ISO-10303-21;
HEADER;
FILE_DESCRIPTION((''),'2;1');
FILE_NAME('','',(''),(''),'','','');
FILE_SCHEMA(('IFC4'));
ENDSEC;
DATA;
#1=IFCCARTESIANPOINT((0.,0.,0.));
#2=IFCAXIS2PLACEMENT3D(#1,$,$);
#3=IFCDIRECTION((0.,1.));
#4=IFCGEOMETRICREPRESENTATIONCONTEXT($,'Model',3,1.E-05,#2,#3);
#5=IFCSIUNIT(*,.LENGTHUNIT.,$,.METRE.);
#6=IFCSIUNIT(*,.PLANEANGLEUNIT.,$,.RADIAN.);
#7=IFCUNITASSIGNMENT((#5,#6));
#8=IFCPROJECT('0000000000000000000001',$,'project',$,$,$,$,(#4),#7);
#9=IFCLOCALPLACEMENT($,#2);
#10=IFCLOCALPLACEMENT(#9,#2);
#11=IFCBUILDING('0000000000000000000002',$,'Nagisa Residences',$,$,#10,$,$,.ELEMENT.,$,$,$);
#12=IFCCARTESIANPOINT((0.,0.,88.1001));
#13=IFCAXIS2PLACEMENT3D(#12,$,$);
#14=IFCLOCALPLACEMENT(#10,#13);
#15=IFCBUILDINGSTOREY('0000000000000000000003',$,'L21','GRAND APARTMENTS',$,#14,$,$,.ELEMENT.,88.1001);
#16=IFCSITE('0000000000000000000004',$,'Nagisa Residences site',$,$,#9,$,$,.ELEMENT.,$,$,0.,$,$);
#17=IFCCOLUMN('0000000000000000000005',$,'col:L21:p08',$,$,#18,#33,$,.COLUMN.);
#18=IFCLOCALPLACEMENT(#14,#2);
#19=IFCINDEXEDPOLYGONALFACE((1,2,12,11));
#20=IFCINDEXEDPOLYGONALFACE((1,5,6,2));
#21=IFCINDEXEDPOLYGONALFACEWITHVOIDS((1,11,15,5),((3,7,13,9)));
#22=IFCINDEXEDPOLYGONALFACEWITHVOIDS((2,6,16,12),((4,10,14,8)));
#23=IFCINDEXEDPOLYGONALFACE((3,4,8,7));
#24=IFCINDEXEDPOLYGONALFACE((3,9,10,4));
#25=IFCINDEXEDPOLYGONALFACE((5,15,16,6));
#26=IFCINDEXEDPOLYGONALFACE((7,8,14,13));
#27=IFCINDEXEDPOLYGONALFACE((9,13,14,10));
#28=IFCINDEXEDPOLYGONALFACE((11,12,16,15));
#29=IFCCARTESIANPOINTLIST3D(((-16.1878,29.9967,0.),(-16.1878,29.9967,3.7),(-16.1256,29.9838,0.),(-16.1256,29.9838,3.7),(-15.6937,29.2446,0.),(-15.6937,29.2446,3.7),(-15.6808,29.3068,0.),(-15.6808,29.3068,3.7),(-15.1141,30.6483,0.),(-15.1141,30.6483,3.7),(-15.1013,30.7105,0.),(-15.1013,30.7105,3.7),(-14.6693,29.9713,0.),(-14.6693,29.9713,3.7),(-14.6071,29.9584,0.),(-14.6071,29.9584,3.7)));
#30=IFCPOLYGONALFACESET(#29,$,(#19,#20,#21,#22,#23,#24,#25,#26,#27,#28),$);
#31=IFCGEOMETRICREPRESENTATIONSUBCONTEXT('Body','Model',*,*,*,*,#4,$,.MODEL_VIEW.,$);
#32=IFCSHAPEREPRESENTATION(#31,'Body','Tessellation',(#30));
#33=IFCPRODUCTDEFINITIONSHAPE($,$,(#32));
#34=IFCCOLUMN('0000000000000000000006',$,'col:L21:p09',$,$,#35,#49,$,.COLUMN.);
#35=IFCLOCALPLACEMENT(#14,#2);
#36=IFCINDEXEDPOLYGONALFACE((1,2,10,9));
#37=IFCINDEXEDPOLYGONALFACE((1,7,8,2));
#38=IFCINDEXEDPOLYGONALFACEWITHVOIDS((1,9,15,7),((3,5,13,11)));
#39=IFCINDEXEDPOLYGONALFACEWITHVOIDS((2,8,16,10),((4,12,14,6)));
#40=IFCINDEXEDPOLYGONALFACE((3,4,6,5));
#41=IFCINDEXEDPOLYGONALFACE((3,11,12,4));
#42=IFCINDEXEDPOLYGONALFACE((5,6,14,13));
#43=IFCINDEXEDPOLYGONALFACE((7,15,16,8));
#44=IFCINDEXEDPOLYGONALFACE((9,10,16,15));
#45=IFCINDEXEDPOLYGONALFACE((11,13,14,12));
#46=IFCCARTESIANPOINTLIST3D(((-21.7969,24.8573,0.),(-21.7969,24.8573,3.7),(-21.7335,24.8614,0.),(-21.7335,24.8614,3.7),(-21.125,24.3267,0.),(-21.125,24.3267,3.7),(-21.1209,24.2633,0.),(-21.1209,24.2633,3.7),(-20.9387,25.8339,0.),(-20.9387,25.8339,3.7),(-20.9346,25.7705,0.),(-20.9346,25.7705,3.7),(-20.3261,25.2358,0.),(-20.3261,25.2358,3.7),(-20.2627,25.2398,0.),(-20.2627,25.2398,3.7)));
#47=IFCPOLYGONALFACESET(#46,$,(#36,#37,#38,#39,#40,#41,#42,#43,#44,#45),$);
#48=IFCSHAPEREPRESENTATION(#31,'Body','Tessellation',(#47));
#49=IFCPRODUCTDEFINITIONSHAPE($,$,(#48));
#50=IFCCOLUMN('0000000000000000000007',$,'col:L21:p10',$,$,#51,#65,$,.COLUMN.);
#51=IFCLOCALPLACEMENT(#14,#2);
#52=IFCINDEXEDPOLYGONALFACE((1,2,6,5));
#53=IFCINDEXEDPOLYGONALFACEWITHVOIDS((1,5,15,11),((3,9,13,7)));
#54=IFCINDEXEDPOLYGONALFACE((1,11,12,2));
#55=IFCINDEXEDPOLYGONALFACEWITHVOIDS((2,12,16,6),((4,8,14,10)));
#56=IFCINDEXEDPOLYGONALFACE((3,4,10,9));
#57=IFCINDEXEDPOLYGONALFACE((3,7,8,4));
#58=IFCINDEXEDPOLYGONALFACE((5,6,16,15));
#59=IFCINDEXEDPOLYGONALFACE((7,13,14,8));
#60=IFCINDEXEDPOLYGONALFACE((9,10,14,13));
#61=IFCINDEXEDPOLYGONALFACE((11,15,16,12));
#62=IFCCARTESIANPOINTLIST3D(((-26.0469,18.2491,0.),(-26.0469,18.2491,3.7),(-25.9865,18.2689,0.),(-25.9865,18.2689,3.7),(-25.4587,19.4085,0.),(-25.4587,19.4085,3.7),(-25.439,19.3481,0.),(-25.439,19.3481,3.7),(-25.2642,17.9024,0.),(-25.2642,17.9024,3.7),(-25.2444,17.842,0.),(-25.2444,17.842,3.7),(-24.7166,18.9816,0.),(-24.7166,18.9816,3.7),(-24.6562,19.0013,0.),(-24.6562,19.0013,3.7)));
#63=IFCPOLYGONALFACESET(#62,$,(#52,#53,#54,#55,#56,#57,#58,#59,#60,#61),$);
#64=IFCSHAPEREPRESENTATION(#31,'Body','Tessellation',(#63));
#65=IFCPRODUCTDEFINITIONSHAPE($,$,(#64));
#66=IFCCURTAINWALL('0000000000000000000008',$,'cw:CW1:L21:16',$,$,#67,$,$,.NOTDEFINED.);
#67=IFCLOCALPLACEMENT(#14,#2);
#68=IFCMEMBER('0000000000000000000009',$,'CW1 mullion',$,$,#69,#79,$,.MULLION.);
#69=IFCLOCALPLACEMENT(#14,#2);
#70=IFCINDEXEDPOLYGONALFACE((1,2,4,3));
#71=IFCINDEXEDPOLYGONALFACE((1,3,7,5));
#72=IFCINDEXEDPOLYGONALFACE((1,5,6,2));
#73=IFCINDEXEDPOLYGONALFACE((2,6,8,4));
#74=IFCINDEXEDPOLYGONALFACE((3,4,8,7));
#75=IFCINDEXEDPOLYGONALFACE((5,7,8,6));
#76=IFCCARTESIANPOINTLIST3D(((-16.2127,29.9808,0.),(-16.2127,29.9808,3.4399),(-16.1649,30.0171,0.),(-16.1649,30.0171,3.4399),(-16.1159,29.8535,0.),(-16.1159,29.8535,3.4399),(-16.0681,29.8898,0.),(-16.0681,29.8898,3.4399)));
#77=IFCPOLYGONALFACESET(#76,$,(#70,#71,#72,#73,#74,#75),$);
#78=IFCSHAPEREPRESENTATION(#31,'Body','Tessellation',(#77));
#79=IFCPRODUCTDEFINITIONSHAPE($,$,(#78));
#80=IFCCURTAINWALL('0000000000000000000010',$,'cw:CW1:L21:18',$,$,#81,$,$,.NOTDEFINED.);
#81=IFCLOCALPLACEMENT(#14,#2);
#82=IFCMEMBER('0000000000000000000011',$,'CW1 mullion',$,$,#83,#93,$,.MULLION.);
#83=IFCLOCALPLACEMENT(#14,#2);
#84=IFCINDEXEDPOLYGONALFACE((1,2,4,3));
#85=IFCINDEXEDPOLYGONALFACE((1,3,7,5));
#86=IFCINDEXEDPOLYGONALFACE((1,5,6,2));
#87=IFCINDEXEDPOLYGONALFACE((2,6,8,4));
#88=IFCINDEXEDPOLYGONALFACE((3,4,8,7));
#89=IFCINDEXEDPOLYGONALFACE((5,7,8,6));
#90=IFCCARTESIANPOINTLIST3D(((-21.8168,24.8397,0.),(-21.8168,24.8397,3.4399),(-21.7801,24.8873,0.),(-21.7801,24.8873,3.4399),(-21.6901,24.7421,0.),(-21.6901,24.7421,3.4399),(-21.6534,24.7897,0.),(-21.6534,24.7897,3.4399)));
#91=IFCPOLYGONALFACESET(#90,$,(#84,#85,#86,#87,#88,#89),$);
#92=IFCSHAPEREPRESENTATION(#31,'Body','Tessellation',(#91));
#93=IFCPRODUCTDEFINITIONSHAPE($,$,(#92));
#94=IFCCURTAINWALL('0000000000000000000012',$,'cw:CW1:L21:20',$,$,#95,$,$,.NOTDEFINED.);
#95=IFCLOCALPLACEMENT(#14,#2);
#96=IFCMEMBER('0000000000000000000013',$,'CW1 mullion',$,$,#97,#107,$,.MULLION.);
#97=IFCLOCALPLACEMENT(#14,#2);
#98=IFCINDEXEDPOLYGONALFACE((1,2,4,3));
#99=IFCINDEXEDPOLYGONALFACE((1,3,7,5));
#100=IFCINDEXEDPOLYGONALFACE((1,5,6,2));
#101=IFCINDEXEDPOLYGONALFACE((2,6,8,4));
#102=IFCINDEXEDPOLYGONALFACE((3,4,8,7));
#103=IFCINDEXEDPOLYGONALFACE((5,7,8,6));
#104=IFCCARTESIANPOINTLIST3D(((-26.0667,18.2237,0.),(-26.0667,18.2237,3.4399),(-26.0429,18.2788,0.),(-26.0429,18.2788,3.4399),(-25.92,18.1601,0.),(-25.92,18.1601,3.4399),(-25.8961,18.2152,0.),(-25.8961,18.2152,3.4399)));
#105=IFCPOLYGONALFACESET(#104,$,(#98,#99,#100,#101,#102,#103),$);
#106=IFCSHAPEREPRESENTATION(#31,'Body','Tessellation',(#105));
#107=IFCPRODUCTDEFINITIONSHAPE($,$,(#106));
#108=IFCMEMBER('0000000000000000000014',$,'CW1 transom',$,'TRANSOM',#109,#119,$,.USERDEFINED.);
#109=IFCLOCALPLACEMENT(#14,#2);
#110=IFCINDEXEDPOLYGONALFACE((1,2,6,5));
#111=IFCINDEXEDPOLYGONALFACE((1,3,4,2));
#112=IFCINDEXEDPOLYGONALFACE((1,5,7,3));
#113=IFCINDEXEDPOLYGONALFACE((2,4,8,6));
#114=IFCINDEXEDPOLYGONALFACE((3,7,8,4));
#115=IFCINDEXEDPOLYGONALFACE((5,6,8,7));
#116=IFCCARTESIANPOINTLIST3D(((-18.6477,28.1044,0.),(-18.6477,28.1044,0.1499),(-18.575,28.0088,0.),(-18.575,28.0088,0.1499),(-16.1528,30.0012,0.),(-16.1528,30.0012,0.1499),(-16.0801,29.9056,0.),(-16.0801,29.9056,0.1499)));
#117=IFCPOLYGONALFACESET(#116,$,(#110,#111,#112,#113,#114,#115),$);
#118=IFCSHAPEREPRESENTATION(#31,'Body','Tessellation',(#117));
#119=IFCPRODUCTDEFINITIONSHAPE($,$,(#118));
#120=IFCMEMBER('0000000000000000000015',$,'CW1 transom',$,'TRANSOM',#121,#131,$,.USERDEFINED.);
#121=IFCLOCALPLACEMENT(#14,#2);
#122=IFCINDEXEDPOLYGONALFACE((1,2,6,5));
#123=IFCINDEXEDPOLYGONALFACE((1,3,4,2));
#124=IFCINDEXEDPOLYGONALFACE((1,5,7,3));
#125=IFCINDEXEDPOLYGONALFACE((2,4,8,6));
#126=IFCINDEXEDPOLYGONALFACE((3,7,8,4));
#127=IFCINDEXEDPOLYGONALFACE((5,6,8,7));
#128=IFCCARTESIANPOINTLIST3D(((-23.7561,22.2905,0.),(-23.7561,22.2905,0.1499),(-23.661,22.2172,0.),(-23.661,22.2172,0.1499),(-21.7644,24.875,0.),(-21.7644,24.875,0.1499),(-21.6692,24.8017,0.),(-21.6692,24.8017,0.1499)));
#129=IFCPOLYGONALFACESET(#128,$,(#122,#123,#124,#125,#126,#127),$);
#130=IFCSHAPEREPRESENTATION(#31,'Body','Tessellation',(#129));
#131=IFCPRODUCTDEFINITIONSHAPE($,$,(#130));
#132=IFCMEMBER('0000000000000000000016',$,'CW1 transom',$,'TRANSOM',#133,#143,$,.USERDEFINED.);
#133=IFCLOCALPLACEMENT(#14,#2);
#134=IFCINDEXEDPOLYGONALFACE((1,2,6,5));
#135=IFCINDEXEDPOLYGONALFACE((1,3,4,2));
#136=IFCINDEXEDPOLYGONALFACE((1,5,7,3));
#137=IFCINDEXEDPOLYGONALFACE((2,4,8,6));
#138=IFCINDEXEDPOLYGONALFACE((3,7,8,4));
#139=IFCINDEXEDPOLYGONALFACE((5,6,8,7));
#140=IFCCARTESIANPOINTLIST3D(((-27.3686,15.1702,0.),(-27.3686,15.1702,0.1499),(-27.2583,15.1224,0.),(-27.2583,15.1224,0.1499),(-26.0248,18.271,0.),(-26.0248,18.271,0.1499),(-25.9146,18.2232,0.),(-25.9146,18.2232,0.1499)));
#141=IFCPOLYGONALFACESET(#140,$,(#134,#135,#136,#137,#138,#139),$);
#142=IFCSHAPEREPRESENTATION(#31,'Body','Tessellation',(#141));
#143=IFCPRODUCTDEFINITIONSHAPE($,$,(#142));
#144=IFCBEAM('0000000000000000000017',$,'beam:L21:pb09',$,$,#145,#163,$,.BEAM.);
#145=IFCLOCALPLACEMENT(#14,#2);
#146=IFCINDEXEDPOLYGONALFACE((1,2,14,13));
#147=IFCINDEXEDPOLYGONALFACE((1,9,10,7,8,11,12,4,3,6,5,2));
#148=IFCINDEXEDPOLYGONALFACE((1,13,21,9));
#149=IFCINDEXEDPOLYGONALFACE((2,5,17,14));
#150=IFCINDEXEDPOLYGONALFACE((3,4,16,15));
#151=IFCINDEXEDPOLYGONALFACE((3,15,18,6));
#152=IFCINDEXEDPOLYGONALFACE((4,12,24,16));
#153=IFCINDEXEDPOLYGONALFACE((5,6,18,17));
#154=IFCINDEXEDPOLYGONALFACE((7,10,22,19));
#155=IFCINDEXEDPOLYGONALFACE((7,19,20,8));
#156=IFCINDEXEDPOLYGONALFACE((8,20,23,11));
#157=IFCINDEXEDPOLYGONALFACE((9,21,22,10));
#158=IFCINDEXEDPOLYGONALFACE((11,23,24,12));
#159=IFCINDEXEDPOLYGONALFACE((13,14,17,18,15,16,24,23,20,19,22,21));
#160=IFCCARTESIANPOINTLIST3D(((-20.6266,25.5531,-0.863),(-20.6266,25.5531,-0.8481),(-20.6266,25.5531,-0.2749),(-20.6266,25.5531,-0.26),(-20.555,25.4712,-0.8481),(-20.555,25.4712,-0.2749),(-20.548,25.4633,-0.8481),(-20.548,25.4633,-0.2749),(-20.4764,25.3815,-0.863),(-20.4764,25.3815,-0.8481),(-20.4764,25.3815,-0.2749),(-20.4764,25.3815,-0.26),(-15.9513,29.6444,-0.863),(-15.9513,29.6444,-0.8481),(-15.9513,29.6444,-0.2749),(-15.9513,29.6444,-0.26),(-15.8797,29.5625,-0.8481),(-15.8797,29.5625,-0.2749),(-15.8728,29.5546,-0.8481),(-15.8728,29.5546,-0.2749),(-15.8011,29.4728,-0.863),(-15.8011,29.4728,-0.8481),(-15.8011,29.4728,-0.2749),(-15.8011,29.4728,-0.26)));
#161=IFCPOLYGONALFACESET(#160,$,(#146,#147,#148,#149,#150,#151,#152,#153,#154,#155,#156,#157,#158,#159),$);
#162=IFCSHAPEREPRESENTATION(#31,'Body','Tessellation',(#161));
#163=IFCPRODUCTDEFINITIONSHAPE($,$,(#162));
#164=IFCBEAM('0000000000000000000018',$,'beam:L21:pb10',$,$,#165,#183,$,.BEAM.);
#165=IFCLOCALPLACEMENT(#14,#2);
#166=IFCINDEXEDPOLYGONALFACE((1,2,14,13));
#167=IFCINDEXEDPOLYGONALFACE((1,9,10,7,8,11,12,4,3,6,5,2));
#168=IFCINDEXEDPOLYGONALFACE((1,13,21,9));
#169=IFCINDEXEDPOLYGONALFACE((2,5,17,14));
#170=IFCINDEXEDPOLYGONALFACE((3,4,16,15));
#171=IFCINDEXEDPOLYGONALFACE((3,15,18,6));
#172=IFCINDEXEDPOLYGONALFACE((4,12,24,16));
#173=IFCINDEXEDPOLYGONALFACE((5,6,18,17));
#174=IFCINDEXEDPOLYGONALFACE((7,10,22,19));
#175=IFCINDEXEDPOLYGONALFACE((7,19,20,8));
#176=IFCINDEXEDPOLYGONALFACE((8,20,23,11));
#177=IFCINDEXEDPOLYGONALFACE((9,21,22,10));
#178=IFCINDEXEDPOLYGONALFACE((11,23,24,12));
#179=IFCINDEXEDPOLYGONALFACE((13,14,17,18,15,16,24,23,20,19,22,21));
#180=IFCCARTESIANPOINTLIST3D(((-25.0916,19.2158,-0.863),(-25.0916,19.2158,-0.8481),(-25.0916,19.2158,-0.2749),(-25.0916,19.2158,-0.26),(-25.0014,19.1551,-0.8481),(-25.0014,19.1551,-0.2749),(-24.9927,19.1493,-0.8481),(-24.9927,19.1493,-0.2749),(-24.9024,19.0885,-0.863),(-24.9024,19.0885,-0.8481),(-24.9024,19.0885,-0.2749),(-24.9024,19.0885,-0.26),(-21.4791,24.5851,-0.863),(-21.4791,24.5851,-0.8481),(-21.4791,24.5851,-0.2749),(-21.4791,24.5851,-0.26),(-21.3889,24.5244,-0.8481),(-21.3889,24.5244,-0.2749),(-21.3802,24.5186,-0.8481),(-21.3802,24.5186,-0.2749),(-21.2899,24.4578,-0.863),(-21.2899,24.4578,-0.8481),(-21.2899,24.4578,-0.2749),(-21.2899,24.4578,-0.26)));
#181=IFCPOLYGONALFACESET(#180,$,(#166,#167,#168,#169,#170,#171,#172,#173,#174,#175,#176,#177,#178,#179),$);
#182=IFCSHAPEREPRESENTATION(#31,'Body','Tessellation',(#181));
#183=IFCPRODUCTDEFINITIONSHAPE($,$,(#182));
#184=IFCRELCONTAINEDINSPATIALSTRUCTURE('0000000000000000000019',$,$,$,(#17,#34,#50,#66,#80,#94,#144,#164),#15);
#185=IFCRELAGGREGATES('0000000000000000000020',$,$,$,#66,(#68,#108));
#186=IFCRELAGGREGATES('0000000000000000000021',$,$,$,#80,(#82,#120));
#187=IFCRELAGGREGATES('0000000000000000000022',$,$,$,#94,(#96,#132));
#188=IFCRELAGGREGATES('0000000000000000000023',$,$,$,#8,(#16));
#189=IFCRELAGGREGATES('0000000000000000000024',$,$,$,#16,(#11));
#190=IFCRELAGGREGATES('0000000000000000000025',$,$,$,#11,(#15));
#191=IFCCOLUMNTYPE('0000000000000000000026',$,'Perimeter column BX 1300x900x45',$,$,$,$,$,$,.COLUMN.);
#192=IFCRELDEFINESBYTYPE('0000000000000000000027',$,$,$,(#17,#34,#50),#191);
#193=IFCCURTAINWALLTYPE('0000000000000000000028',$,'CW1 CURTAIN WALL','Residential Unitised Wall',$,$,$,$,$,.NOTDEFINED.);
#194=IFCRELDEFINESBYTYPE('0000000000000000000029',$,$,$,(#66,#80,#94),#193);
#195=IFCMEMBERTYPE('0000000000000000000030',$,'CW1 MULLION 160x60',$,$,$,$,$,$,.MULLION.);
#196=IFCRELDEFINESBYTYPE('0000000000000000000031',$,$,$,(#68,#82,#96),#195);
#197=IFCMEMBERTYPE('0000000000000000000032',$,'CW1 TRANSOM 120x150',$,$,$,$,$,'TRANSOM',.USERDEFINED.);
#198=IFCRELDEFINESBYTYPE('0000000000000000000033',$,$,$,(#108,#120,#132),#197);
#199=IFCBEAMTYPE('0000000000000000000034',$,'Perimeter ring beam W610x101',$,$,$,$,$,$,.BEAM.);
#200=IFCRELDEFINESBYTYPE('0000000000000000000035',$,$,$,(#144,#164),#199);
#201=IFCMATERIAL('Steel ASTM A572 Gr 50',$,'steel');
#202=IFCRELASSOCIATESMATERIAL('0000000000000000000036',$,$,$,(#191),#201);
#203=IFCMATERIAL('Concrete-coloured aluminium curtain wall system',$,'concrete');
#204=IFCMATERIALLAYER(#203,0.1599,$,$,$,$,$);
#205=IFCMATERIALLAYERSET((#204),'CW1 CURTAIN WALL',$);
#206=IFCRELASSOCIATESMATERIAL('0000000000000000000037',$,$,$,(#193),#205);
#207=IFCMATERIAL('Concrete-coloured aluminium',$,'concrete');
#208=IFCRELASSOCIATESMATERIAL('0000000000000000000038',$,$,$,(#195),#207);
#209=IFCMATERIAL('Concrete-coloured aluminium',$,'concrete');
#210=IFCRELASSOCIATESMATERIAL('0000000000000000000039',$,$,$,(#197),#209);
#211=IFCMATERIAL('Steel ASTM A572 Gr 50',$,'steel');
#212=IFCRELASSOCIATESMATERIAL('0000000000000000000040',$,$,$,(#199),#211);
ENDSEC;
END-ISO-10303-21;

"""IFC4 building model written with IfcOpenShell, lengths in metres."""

from ifc_helpers import new_model, si_unit, direction, frame, origin, origin_2d, place, context, subcontext, project, spatial, rectangle, hollow_rectangle, i_section, extrude, material, layer, layer_set, material_profile, profile_set, type_object, element, aggregate, save


model = new_model("IFC4")

# Units and contexts
model_context = context("Model", 3, precision=1e-05, world=origin(), true_north=direction((0.0, 1.0)))
body_context = subcontext(model_context, "Body", "Model", "MODEL_VIEW")
ifc_project = project(units=[si_unit("LENGTHUNIT", "METRE"), si_unit("PLANEANGLEUNIT", "RADIAN")], contexts=[model_context])

# Site, building, storey
site_placement = place(None, origin())
site = spatial("IfcSite", under=ifc_project, at=site_placement, Name="Nagisa Residences site", CompositionType="ELEMENT", RefElevation=0.0)
building_placement = place(site_placement, origin())
building = spatial("IfcBuilding", under=site, at=building_placement, Name="Nagisa Residences", CompositionType="ELEMENT")
storey_placement = place(building_placement, frame((0.0, 0.0, 88.1001)))
storey = spatial("IfcBuildingStorey", under=building, at=storey_placement, Name="L21", Description="GRAND APARTMENTS", CompositionType="ELEMENT", Elevation=88.1001)

# Columns
ifc_material_1 = material(Name="Steel ASTM A572 Gr 50", Category="steel")
ifc_material_profile_1 = material_profile(ifc_material_1, hollow_rectangle(XDim=1.3, YDim=0.8999, WallThickness=0.0449, at=origin_2d()), Name="BX 1300x900x45")
ifc_profile_set_1 = profile_set([ifc_material_profile_1], Name="Steel ASTM A572 Gr 50")
column_type = type_object("IfcColumnType", Name="Perimeter column BX 1300x900x45", PredefinedType="COLUMN", material=ifc_profile_set_1)
for number, where, z_axis, x_axis, name in (
    (1, (-15.3975, 29.9775, 0.0), (0.0, 0.0, 1.0), (-0.835766, -0.549086, 0.0), "col:L21:p08"),
    (2, (-21.0298, 25.0486, 0.0), (0.0, 0.0, 1.0), (-0.660115, -0.751165, 0.0), "col:L21:p09"),
    (3, (-25.3516, 18.6252, 0.0), (0.0, 0.0, 1.0), (-0.452463, -0.891783, 0.0), "col:L21:p10"),
):
    element("IfcColumn", number, at=place(storey_placement, frame(where, z_axis=z_axis, x_axis=x_axis)), inside=storey, type_object=column_type, Name=name, PredefinedType="COLUMN", context=body_context, shape_type="SweptSolid", body=[
        extrude(hollow_rectangle(XDim=1.3, YDim=0.8999, WallThickness=0.0449, at=origin_2d()), origin(), (0.0, 0.0, 1.0), 3.7),
    ])

# Curtain walls, members
ifc_material_2 = material(Name="Concrete-coloured aluminium curtain wall system", Category="concrete")
ifc_layer_1 = layer(ifc_material_2, 0.1599)
ifc_layer_set_1 = layer_set([ifc_layer_1], Name="CW1 CURTAIN WALL")
curtain_wall_type = type_object("IfcCurtainWallType", Name="CW1 CURTAIN WALL", Description="Residential Unitised Wall", PredefinedType="NOTDEFINED", material=ifc_layer_set_1)
curtain_wall_1_placement = place(storey_placement, origin())
curtain_wall_1 = element("IfcCurtainWall", 4, at=curtain_wall_1_placement, inside=storey, type_object=curtain_wall_type, Name="cw:CW1:L21:16", PredefinedType="NOTDEFINED")
ifc_material_3 = material(Name="Concrete-coloured aluminium", Category="concrete")
ifc_material_profile_2 = material_profile(ifc_material_3, rectangle(XDim=0.1599, YDim=0.0601, at=origin_2d()), Name="CW1 MULLION 160x60")
ifc_profile_set_2 = profile_set([ifc_material_profile_2], Name="Concrete-coloured aluminium")
member_type_1 = type_object("IfcMemberType", Name="CW1 MULLION 160x60", PredefinedType="MULLION", material=ifc_profile_set_2)
member_1_placement = place(storey_placement, frame((-16.1404, 29.9353, 0.0), z_axis=(0.0, 0.0, 1.0), x_axis=(0.605255, -0.796031, 0.0)))
member_1 = element("IfcMember", 5, at=member_1_placement, type_object=member_type_1, Name="CW1 mullion", PredefinedType="MULLION", context=body_context, shape_type="SweptSolid", body=[
    extrude(rectangle(XDim=0.1599, YDim=0.0601, at=origin_2d()), origin(), (0.0, 0.0, 1.0), 3.4399),
])
curtain_wall_2_placement = place(storey_placement, origin())
curtain_wall_2 = element("IfcCurtainWall", 6, at=curtain_wall_2_placement, inside=storey, type_object=curtain_wall_type, Name="cw:CW1:L21:18", PredefinedType="NOTDEFINED")
member_2_placement = place(storey_placement, frame((-21.7351, 24.8147, 0.0), z_axis=(0.0, 0.0, 1.0), x_axis=(0.79207, -0.61043, 0.0)))
member_2 = element("IfcMember", 7, at=member_2_placement, type_object=member_type_1, Name="CW1 mullion", PredefinedType="MULLION", context=body_context, shape_type="SweptSolid", body=[
    extrude(rectangle(XDim=0.1599, YDim=0.0601, at=origin_2d()), origin(), (0.0, 0.0, 1.0), 3.4399),
])
curtain_wall_3_placement = place(storey_placement, origin())
curtain_wall_3 = element("IfcCurtainWall", 8, at=curtain_wall_3_placement, inside=storey, type_object=curtain_wall_type, Name="cw:CW1:L21:20", PredefinedType="NOTDEFINED")
member_3_placement = place(storey_placement, frame((-25.9814, 18.2195, 0.0), z_axis=(0.0, 0.0, 1.0), x_axis=(0.917543, -0.397636, 0.0)))
member_3 = element("IfcMember", 9, at=member_3_placement, type_object=member_type_1, Name="CW1 mullion", PredefinedType="MULLION", context=body_context, shape_type="SweptSolid", body=[
    extrude(rectangle(XDim=0.1599, YDim=0.0601, at=origin_2d()), origin(), (0.0, 0.0, 1.0), 3.4399),
])

# Members
ifc_material_4 = material(Name="Concrete-coloured aluminium", Category="concrete")
ifc_material_profile_3 = material_profile(ifc_material_4, rectangle(XDim=0.1201, YDim=0.1499, at=origin_2d()), Name="CW1 TRANSOM 120x150")
ifc_profile_set_3 = profile_set([ifc_material_profile_3], Name="Concrete-coloured aluminium")
member_type_2 = type_object("IfcMemberType", Name="CW1 TRANSOM 120x150", ElementType="TRANSOM", PredefinedType="USERDEFINED", material=ifc_profile_set_3)
member_4_placement = place(storey_placement, frame((-16.1165, 29.9534, 0.075), z_axis=(-0.796066, -0.60521, 0.0), x_axis=(0.60521, -0.796066, 0.0)))
member_4 = element("IfcMember", 10, at=member_4_placement, type_object=member_type_2, Name="CW1 transom", ObjectType="TRANSOM", PredefinedType="USERDEFINED", context=body_context, shape_type="SweptSolid", body=[
    extrude(rectangle(XDim=0.1201, YDim=0.1499, at=origin_2d()), origin(), (0.0, 0.0, 1.0), 3.134),
])
member_5_placement = place(storey_placement, frame((-21.7168, 24.8384, 0.075), z_axis=(-0.610412, -0.792084, 0.0), x_axis=(0.792084, -0.610412, 0.0)))
member_5 = element("IfcMember", 11, at=member_5_placement, type_object=member_type_2, Name="CW1 transom", ObjectType="TRANSOM", PredefinedType="USERDEFINED", context=body_context, shape_type="SweptSolid", body=[
    extrude(rectangle(XDim=0.1201, YDim=0.1499, at=origin_2d()), origin(), (0.0, 0.0, 1.0), 3.2629),
])
member_6_placement = place(storey_placement, frame((-25.9697, 18.2471, 0.075), z_axis=(-0.397622, -0.917549, 0.0), x_axis=(0.917549, -0.397622, 0.0)))
member_6 = element("IfcMember", 12, at=member_6_placement, type_object=member_type_2, Name="CW1 transom", ObjectType="TRANSOM", PredefinedType="USERDEFINED", context=body_context, shape_type="SweptSolid", body=[
    extrude(rectangle(XDim=0.1201, YDim=0.1499, at=origin_2d()), origin(), (0.0, 0.0, 1.0), 3.3794),
])

# Beams
ifc_material_5 = material(Name="Steel ASTM A572 Gr 50", Category="steel")
ifc_material_profile_4 = material_profile(ifc_material_5, i_section(OverallWidth=0.228, OverallDepth=0.603, WebThickness=0.0105, FlangeThickness=0.0149, at=origin_2d()), Name="W610x101")
ifc_profile_set_4 = profile_set([ifc_material_profile_4], Name="Steel ASTM A572 Gr 50")
beam_type_1 = type_object("IfcBeamType", Name="Perimeter ring beam W610x101", PredefinedType="BEAM", material=ifc_profile_set_4)
beam_1_placement = place(storey_placement, frame((-15.8762, 29.5586, -0.5615), z_axis=(-0.752543, -0.658544, 0.0), x_axis=(0.658544, -0.752543, 0.0)))
element("IfcBeam", 13, at=beam_1_placement, inside=storey, type_object=beam_type_1, Name="beam:L21:pb09", PredefinedType="BEAM", context=body_context, shape_type="SweptSolid", body=[
    extrude(i_section(OverallWidth=0.228, OverallDepth=0.603, WebThickness=0.0105, FlangeThickness=0.0149, at=origin_2d()), origin(), (0.0, 0.0, 1.0), 6.2126),
])
beam_2_placement = place(storey_placement, frame((-21.3845, 24.5215, -0.5615), z_axis=(-0.558221, -0.829692, 0.0), x_axis=(0.829692, -0.558221, 0.0)))
element("IfcBeam", 14, at=beam_2_placement, inside=storey, type_object=beam_type_1, Name="beam:L21:pb10", PredefinedType="BEAM", context=body_context, shape_type="SweptSolid", body=[
    extrude(i_section(OverallWidth=0.228, OverallDepth=0.603, WebThickness=0.0105, FlangeThickness=0.0149, at=origin_2d()), origin(), (0.0, 0.0, 1.0), 6.4714),
])

aggregate(curtain_wall_1, [member_1, member_4])
aggregate(curtain_wall_2, [member_2, member_5])
aggregate(curtain_wall_3, [member_3, member_6])

save(model, "model.ifc")
